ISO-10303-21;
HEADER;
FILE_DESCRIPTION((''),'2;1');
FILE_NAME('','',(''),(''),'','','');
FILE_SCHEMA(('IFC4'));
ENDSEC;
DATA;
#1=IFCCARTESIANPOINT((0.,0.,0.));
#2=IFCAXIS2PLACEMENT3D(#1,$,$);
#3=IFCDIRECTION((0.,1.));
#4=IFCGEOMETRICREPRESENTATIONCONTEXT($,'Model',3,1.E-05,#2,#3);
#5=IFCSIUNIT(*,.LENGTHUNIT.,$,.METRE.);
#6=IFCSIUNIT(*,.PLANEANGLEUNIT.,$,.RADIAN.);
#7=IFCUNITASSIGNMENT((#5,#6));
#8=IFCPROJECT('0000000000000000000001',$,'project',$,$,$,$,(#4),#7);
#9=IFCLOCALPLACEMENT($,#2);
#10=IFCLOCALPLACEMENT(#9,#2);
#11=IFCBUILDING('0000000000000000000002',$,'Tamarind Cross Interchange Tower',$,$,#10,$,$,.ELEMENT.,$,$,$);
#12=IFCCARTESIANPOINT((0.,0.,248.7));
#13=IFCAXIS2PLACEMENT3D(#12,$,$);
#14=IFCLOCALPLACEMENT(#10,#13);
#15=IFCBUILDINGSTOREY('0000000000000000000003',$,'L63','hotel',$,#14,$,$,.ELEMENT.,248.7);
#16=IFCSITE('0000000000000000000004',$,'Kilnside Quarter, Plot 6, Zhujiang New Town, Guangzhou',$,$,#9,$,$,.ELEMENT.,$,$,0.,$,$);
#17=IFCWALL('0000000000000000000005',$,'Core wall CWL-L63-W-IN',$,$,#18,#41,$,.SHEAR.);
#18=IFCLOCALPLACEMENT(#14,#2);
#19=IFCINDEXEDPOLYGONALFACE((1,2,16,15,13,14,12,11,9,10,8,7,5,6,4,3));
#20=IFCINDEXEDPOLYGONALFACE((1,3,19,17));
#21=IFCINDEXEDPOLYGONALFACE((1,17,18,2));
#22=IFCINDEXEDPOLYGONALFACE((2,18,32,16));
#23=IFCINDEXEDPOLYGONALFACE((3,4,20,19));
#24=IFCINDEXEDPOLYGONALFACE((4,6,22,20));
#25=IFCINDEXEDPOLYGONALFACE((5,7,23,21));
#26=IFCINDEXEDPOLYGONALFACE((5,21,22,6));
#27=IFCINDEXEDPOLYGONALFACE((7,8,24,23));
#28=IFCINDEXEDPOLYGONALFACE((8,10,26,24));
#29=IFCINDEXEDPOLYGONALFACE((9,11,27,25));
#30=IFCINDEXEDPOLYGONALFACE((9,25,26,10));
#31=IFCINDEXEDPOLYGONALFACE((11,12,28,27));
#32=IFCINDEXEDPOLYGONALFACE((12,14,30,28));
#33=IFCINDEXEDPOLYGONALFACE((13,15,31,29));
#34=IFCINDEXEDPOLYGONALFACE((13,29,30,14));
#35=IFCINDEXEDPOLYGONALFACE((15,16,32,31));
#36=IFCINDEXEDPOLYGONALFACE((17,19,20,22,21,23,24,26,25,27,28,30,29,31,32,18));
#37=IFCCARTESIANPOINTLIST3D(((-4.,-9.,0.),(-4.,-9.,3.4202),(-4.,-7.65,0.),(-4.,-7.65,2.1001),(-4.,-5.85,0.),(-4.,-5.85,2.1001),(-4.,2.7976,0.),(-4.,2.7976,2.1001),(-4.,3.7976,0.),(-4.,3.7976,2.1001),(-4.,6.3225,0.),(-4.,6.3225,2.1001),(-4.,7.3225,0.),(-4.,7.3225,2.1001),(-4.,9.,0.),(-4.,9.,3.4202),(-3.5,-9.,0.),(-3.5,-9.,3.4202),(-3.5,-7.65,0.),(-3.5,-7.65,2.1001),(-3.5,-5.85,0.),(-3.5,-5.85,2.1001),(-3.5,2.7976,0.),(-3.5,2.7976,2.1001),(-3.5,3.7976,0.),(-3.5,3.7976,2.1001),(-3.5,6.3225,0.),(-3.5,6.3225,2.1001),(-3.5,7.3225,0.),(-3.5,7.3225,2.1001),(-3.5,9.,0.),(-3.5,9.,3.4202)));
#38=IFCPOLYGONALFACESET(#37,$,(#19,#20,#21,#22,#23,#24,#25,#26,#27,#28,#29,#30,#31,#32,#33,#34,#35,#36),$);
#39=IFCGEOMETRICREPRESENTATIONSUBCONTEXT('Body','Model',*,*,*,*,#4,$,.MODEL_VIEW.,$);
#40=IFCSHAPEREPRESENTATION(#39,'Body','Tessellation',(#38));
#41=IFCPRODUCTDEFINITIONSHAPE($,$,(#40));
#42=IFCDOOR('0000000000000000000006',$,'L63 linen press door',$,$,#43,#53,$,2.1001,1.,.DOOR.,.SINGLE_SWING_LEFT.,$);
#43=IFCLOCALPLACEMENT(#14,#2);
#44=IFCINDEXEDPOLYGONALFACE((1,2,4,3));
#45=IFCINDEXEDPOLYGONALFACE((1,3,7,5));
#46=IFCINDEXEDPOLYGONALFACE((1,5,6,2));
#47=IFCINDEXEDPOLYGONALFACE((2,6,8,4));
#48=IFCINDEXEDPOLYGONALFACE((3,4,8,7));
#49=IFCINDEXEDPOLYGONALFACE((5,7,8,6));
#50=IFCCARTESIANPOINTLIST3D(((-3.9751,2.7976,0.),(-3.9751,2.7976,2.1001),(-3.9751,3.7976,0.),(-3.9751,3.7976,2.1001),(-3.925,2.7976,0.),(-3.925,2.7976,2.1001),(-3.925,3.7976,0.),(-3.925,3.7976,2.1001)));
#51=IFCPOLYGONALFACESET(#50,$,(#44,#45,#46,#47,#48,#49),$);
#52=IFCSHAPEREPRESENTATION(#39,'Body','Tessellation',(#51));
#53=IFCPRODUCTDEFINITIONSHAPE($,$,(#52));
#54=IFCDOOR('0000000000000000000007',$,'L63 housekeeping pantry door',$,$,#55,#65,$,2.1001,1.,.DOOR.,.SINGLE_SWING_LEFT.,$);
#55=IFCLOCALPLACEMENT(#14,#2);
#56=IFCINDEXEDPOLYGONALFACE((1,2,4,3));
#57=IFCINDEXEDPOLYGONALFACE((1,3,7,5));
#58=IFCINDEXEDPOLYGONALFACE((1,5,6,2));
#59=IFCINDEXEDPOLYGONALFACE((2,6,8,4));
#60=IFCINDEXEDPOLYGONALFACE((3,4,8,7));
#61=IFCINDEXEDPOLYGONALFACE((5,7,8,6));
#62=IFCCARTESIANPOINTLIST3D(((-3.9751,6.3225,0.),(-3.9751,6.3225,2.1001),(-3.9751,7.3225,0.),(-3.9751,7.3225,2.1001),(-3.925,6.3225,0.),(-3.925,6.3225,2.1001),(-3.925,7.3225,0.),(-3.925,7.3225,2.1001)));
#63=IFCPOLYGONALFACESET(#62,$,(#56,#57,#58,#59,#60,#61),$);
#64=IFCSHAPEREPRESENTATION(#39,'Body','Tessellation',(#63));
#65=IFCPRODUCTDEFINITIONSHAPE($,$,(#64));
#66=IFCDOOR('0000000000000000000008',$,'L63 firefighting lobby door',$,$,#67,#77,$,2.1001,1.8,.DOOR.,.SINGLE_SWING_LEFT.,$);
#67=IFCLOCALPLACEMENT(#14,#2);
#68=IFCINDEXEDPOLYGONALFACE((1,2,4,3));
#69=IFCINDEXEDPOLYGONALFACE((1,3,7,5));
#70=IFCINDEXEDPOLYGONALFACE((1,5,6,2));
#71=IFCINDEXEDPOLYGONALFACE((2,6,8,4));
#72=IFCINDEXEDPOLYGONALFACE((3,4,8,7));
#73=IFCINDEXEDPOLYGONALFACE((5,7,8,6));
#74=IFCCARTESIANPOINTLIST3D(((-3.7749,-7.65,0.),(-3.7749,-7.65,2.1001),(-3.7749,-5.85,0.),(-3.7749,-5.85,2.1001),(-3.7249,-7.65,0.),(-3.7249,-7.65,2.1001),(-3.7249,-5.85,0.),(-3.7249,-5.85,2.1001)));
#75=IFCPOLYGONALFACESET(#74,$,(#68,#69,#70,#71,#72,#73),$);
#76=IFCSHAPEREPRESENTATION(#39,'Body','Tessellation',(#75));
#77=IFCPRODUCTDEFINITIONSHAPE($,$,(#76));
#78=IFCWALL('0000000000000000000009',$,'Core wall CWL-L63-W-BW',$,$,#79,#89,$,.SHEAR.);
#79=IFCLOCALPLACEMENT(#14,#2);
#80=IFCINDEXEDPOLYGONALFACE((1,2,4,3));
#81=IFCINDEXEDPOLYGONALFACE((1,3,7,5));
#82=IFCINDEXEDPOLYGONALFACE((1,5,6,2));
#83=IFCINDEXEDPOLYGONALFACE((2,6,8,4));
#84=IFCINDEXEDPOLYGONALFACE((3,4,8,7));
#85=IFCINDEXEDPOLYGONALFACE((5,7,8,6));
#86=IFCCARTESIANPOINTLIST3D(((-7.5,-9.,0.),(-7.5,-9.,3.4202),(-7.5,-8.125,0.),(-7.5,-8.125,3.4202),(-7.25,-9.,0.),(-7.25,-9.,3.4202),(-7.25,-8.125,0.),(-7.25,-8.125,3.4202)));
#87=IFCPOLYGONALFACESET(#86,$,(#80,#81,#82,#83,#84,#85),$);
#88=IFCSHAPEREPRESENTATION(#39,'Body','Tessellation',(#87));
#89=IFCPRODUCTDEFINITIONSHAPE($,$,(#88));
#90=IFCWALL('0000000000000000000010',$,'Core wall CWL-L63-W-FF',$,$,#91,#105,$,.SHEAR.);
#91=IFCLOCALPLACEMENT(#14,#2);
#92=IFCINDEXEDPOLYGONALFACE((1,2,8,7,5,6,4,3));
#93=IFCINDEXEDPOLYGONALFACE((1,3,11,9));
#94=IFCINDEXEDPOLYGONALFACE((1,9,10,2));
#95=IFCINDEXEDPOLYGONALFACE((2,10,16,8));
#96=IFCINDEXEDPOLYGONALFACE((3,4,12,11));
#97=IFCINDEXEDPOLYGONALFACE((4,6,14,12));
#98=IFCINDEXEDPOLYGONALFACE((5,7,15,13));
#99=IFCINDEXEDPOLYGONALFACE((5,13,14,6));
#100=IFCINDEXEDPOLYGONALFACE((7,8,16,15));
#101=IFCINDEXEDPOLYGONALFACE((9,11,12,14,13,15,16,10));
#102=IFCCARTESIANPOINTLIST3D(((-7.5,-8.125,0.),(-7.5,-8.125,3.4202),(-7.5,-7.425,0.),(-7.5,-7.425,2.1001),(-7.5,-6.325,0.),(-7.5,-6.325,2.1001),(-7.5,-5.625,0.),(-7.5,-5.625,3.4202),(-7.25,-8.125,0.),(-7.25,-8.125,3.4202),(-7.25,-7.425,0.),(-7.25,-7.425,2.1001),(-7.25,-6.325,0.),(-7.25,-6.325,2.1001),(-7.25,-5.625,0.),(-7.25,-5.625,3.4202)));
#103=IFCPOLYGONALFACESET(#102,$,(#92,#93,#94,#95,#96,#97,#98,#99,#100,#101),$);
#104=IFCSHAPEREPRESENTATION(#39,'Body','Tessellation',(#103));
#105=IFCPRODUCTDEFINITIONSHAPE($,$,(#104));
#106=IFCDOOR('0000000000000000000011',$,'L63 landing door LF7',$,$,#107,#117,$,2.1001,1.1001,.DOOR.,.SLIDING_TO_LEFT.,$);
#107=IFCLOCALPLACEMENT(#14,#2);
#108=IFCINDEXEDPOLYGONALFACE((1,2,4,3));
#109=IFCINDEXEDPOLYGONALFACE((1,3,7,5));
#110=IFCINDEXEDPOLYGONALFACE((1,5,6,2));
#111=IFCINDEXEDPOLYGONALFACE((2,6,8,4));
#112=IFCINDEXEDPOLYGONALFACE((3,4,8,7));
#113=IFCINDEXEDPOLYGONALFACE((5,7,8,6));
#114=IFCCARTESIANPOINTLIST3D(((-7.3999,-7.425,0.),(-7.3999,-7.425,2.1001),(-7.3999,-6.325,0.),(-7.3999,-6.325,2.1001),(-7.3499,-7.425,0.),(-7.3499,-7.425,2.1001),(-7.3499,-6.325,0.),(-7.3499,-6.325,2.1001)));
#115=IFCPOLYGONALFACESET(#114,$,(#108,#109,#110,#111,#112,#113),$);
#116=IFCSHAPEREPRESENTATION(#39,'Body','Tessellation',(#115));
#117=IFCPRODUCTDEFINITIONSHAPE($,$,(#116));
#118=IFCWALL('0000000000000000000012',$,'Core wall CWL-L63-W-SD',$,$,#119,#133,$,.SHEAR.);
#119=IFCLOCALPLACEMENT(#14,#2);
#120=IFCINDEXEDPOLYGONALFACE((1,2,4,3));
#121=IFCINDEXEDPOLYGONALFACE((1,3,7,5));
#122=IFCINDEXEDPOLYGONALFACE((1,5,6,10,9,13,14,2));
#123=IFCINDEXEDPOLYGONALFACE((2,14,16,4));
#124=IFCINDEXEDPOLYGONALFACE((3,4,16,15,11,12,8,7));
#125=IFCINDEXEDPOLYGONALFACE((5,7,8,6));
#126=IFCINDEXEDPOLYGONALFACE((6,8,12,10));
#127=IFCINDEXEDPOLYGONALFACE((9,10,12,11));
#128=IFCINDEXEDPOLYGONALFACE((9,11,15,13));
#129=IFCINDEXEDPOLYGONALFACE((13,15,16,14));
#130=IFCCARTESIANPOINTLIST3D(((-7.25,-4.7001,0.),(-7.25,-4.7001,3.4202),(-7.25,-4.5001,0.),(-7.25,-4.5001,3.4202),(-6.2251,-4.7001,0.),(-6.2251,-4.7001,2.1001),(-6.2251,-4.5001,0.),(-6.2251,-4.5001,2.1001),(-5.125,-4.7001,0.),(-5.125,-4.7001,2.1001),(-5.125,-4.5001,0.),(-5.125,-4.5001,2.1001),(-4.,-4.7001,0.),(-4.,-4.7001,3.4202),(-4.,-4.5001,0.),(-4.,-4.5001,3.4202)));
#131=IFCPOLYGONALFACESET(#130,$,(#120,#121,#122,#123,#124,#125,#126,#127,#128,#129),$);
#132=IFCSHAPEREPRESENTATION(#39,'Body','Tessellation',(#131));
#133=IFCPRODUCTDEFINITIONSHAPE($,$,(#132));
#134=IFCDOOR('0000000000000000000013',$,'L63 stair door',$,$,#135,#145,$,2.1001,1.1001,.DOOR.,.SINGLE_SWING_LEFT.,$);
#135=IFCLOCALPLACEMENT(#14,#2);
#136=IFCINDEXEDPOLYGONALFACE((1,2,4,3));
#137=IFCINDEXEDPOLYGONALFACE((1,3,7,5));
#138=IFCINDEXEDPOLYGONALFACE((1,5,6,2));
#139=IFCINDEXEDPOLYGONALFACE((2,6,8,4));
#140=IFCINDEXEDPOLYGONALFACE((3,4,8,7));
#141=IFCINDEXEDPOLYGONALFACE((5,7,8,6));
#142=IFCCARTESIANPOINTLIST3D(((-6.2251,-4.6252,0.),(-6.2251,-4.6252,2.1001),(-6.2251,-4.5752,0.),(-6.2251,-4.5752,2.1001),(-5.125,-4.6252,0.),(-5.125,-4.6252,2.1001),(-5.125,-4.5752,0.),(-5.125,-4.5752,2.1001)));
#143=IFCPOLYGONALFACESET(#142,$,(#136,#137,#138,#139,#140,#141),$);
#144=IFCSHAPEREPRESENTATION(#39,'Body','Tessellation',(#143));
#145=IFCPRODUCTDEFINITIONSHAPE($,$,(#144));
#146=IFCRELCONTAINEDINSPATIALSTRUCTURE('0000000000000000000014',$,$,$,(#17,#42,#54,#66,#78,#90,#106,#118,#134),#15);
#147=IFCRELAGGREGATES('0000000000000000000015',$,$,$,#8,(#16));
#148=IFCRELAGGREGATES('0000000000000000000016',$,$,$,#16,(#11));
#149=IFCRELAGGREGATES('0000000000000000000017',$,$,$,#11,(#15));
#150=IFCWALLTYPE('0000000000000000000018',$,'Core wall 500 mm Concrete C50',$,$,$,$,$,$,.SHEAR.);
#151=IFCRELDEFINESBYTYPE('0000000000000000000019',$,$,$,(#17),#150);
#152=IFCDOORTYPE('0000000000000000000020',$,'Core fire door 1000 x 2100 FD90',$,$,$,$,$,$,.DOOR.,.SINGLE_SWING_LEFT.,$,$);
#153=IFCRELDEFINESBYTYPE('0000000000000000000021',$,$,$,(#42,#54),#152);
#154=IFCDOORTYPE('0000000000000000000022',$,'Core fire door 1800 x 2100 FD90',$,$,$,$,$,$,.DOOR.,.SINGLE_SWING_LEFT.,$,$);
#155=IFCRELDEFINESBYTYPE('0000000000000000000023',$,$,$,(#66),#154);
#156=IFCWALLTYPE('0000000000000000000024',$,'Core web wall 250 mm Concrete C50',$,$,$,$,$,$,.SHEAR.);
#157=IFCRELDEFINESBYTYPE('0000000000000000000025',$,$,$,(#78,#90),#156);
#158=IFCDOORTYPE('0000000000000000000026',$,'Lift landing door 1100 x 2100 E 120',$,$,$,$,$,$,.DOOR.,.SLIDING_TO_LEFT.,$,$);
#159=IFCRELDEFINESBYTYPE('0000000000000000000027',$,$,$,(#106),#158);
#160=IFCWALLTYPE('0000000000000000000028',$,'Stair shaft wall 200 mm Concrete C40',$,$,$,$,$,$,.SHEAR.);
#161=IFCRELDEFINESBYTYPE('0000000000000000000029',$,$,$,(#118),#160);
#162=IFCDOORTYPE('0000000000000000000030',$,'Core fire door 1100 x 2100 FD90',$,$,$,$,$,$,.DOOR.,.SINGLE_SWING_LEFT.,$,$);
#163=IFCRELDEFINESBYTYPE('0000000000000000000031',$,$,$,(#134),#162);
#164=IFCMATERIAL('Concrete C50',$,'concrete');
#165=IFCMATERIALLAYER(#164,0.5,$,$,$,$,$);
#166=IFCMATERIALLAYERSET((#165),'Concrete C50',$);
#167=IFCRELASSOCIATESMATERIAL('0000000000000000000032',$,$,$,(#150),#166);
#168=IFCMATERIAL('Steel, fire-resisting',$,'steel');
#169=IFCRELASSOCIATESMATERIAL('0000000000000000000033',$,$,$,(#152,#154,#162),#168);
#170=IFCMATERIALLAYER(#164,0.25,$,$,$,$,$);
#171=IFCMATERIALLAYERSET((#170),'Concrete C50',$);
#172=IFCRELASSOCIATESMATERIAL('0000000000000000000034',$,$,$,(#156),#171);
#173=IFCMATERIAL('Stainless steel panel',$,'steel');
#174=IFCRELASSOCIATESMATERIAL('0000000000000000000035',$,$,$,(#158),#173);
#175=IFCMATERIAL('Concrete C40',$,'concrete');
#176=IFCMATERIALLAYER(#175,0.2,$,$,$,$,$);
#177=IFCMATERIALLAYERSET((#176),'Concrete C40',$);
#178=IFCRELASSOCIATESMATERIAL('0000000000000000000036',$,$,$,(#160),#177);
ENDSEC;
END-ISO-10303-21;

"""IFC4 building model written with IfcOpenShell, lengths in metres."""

from ifc_helpers import new_model, si_unit, direction, frame, frame_2d, origin, place, context, subcontext, project, spatial, rectangle, extrude, material, layer, layer_set, type_object, element, fill, save


model = new_model("IFC4")

# Units and contexts
model_context = context("Model", 3, precision=1e-05, world=origin(), true_north=direction((0.0, 1.0)))
body_context = subcontext(model_context, "Body", "Model", "MODEL_VIEW")
ifc_project = project(units=[si_unit("LENGTHUNIT", "METRE"), si_unit("PLANEANGLEUNIT", "RADIAN")], contexts=[model_context])

# Site, building, storey
site_placement = place(None, origin())
site = spatial("IfcSite", under=ifc_project, at=site_placement, Name="Kilnside Quarter, Plot 6, Zhujiang New Town, Guangzhou", CompositionType="ELEMENT", RefElevation=0.0)
building_placement = place(site_placement, origin())
building = spatial("IfcBuilding", under=site, at=building_placement, Name="Tamarind Cross Interchange Tower", CompositionType="ELEMENT")
storey_placement = place(building_placement, frame((0.0, 0.0, 248.7)))
storey = spatial("IfcBuildingStorey", under=building, at=storey_placement, Name="L63", Description="hotel", CompositionType="ELEMENT", Elevation=248.7)

# Wall, openings, doors
ifc_material_1 = material(Name="Concrete C50", Category="concrete")
ifc_layer_1 = layer(ifc_material_1, 0.5)
ifc_layer_set_1 = layer_set([ifc_layer_1], Name="Concrete C50")
wall_type_1 = type_object("IfcWallType", Name="Core wall 500 mm Concrete C50", PredefinedType="SHEAR", material=ifc_layer_set_1)
wall_1_placement = place(storey_placement, frame((-3.75, -9.0, 0.0), z_axis=(0.0, 0.0, 1.0), x_axis=(0.0, 1.0, 0.0)))
wall_1 = element("IfcWall", 1, at=wall_1_placement, inside=storey, type_object=wall_type_1, Name="Core wall CWL-L63-W-IN", PredefinedType="SHEAR", context=body_context, shape_type="SweptSolid", body=[
    extrude(rectangle(XDim=18.0, YDim=0.5, at=frame_2d((9.0, 0.0))), origin(), (0.0, 0.0, 1.0), 3.4202),
])
opening_1_placement = place(wall_1_placement, frame((1.3501, 0.0, 0.0)))
opening_1 = element("IfcOpeningElement", 2, at=opening_1_placement, cuts=wall_1, PredefinedType="OPENING", context=body_context, shape_type="SweptSolid", body=[
    extrude(rectangle(XDim=1.8, YDim=2.1001, at=frame_2d((0.8999, 1.05))), frame((0.0, 0.26, 0.0), z_axis=(0.0, -1.0, 0.0), x_axis=(1.0, 0.0, 0.0)), (0.0, 0.0, 1.0), 0.52),
])
opening_2_placement = place(wall_1_placement, frame((11.7976, 0.0, 0.0)))
opening_2 = element("IfcOpeningElement", 3, at=opening_2_placement, cuts=wall_1, PredefinedType="OPENING", context=body_context, shape_type="SweptSolid", body=[
    extrude(rectangle(XDim=1.0, YDim=2.1001, at=frame_2d((0.5, 1.05))), frame((0.0, 0.26, 0.0), z_axis=(0.0, -1.0, 0.0), x_axis=(1.0, 0.0, 0.0)), (0.0, 0.0, 1.0), 0.52),
])
opening_3_placement = place(wall_1_placement, frame((15.3225, 0.0, 0.0)))
opening_3 = element("IfcOpeningElement", 4, at=opening_3_placement, cuts=wall_1, PredefinedType="OPENING", context=body_context, shape_type="SweptSolid", body=[
    extrude(rectangle(XDim=1.0, YDim=2.1001, at=frame_2d((0.5, 1.05))), frame((0.0, 0.26, 0.0), z_axis=(0.0, -1.0, 0.0), x_axis=(1.0, 0.0, 0.0)), (0.0, 0.0, 1.0), 0.52),
])
ifc_material_2 = material(Name="Steel, fire-resisting", Category="steel")
door_type_1 = type_object("IfcDoorType", Name="Core fire door 1000 x 2100 FD90", OperationType="SINGLE_SWING_LEFT", PredefinedType="DOOR", material=ifc_material_2)
door_1_placement = place(opening_2_placement, origin())
door_1 = element("IfcDoor", 5, at=door_1_placement, inside=storey, type_object=door_type_1, Name="L63 linen press door", OperationType="SINGLE_SWING_LEFT", OverallHeight=2.1001, OverallWidth=1.0, PredefinedType="DOOR", context=body_context, shape_type="SweptSolid", body=[
    extrude(rectangle(XDim=1.0, YDim=2.1001, at=frame_2d((0.5, 1.05))), frame((0.0, 0.2251, 0.0), z_axis=(0.0, -1.0, 0.0), x_axis=(1.0, 0.0, 0.0)), (0.0, 0.0, 1.0), 0.05),
])
fill(opening_2, door_1)
door_2_placement = place(opening_3_placement, origin())
door_2 = element("IfcDoor", 6, at=door_2_placement, inside=storey, type_object=door_type_1, Name="L63 housekeeping pantry door", OperationType="SINGLE_SWING_LEFT", OverallHeight=2.1001, OverallWidth=1.0, PredefinedType="DOOR", context=body_context, shape_type="SweptSolid", body=[
    extrude(rectangle(XDim=1.0, YDim=2.1001, at=frame_2d((0.5, 1.05))), frame((0.0, 0.2251, 0.0), z_axis=(0.0, -1.0, 0.0), x_axis=(1.0, 0.0, 0.0)), (0.0, 0.0, 1.0), 0.05),
])
fill(opening_3, door_2)
door_type_2 = type_object("IfcDoorType", Name="Core fire door 1800 x 2100 FD90", OperationType="SINGLE_SWING_LEFT", PredefinedType="DOOR", material=ifc_material_2)
door_3_placement = place(opening_1_placement, origin())
door_3 = element("IfcDoor", 7, at=door_3_placement, inside=storey, type_object=door_type_2, Name="L63 firefighting lobby door", OperationType="SINGLE_SWING_LEFT", OverallHeight=2.1001, OverallWidth=1.8, PredefinedType="DOOR", context=body_context, shape_type="SweptSolid", body=[
    extrude(rectangle(XDim=1.8, YDim=2.1001, at=frame_2d((0.8999, 1.05))), frame((0.0, 0.0249, 0.0), z_axis=(0.0, -1.0, 0.0), x_axis=(1.0, 0.0, 0.0)), (0.0, 0.0, 1.0), 0.05),
])
fill(opening_1, door_3)

# Wall
ifc_layer_2 = layer(ifc_material_1, 0.25)
ifc_layer_set_2 = layer_set([ifc_layer_2], Name="Concrete C50")
wall_type_2 = type_object("IfcWallType", Name="Core web wall 250 mm Concrete C50", PredefinedType="SHEAR", material=ifc_layer_set_2)
wall_2_placement = place(storey_placement, frame((-7.375, -9.0, 0.0), z_axis=(0.0, 0.0, 1.0), x_axis=(0.0, 1.0, 0.0)))
element("IfcWall", 8, at=wall_2_placement, inside=storey, type_object=wall_type_2, Name="Core wall CWL-L63-W-BW", PredefinedType="SHEAR", context=body_context, shape_type="SweptSolid", body=[
    extrude(rectangle(XDim=0.875, YDim=0.25, at=frame_2d((0.4375, 0.0))), origin(), (0.0, 0.0, 1.0), 3.4202),
])

# Walls, openings, doors
wall_3_placement = place(storey_placement, frame((-7.375, -8.125, 0.0), z_axis=(0.0, 0.0, 1.0), x_axis=(0.0, 1.0, 0.0)))
wall_3 = element("IfcWall", 9, at=wall_3_placement, inside=storey, type_object=wall_type_2, Name="Core wall CWL-L63-W-FF", PredefinedType="SHEAR", context=body_context, shape_type="SweptSolid", body=[
    extrude(rectangle(XDim=2.5, YDim=0.25, at=frame_2d((1.25, 0.0))), origin(), (0.0, 0.0, 1.0), 3.4202),
])
opening_4_placement = place(wall_3_placement, frame((0.7, 0.0, 0.0)))
opening_4 = element("IfcOpeningElement", 10, at=opening_4_placement, cuts=wall_3, PredefinedType="OPENING", context=body_context, shape_type="SweptSolid", body=[
    extrude(rectangle(XDim=1.1001, YDim=2.1001, at=frame_2d((0.55, 1.05))), frame((0.0, 0.135, 0.0), z_axis=(0.0, -1.0, 0.0), x_axis=(1.0, 0.0, 0.0)), (0.0, 0.0, 1.0), 0.27),
])
ifc_material_3 = material(Name="Stainless steel panel", Category="steel")
door_type_3 = type_object("IfcDoorType", Name="Lift landing door 1100 x 2100 E 120", OperationType="SLIDING_TO_LEFT", PredefinedType="DOOR", material=ifc_material_3)
door_4_placement = place(opening_4_placement, origin())
door_4 = element("IfcDoor", 11, at=door_4_placement, inside=storey, type_object=door_type_3, Name="L63 landing door LF7", OperationType="SLIDING_TO_LEFT", OverallHeight=2.1001, OverallWidth=1.1001, PredefinedType="DOOR", context=body_context, shape_type="SweptSolid", body=[
    extrude(rectangle(XDim=1.1001, YDim=2.1001, at=frame_2d((0.55, 1.05))), frame((0.0, 0.0249, 0.0), z_axis=(0.0, -1.0, 0.0), x_axis=(1.0, 0.0, 0.0)), (0.0, 0.0, 1.0), 0.05),
])
fill(opening_4, door_4)
ifc_material_4 = material(Name="Concrete C40", Category="concrete")
ifc_layer_3 = layer(ifc_material_4, 0.2)
ifc_layer_set_3 = layer_set([ifc_layer_3], Name="Concrete C40")
wall_type_3 = type_object("IfcWallType", Name="Stair shaft wall 200 mm Concrete C40", PredefinedType="SHEAR", material=ifc_layer_set_3)
wall_4_placement = place(storey_placement, frame((-7.25, -4.6001, 0.0), z_axis=(0.0, 0.0, 1.0), x_axis=(1.0, 0.0, 0.0)))
wall_4 = element("IfcWall", 12, at=wall_4_placement, inside=storey, type_object=wall_type_3, Name="Core wall CWL-L63-W-SD", PredefinedType="SHEAR", context=body_context, shape_type="SweptSolid", body=[
    extrude(rectangle(XDim=3.25, YDim=0.2, at=frame_2d((1.625, 0.0))), origin(), (0.0, 0.0, 1.0), 3.4202),
])
opening_5_placement = place(wall_4_placement, frame((1.0249, 0.0, 0.0)))
opening_5 = element("IfcOpeningElement", 13, at=opening_5_placement, cuts=wall_4, PredefinedType="OPENING", context=body_context, shape_type="SweptSolid", body=[
    extrude(rectangle(XDim=1.1001, YDim=2.1001, at=frame_2d((0.55, 1.05))), frame((0.0, 0.1099, 0.0), z_axis=(0.0, -1.0, 0.0), x_axis=(1.0, 0.0, 0.0)), (0.0, 0.0, 1.0), 0.22),
])
door_type_4 = type_object("IfcDoorType", Name="Core fire door 1100 x 2100 FD90", OperationType="SINGLE_SWING_LEFT", PredefinedType="DOOR", material=ifc_material_2)
door_5_placement = place(opening_5_placement, origin())
door_5 = element("IfcDoor", 14, at=door_5_placement, inside=storey, type_object=door_type_4, Name="L63 stair door", OperationType="SINGLE_SWING_LEFT", OverallHeight=2.1001, OverallWidth=1.1001, PredefinedType="DOOR", context=body_context, shape_type="SweptSolid", body=[
    extrude(rectangle(XDim=1.1001, YDim=2.1001, at=frame_2d((0.55, 1.05))), frame((0.0, 0.0249, 0.0), z_axis=(0.0, -1.0, 0.0), x_axis=(1.0, 0.0, 0.0)), (0.0, 0.0, 1.0), 0.05),
])
fill(opening_5, door_5)

save(model, "model.ifc")
